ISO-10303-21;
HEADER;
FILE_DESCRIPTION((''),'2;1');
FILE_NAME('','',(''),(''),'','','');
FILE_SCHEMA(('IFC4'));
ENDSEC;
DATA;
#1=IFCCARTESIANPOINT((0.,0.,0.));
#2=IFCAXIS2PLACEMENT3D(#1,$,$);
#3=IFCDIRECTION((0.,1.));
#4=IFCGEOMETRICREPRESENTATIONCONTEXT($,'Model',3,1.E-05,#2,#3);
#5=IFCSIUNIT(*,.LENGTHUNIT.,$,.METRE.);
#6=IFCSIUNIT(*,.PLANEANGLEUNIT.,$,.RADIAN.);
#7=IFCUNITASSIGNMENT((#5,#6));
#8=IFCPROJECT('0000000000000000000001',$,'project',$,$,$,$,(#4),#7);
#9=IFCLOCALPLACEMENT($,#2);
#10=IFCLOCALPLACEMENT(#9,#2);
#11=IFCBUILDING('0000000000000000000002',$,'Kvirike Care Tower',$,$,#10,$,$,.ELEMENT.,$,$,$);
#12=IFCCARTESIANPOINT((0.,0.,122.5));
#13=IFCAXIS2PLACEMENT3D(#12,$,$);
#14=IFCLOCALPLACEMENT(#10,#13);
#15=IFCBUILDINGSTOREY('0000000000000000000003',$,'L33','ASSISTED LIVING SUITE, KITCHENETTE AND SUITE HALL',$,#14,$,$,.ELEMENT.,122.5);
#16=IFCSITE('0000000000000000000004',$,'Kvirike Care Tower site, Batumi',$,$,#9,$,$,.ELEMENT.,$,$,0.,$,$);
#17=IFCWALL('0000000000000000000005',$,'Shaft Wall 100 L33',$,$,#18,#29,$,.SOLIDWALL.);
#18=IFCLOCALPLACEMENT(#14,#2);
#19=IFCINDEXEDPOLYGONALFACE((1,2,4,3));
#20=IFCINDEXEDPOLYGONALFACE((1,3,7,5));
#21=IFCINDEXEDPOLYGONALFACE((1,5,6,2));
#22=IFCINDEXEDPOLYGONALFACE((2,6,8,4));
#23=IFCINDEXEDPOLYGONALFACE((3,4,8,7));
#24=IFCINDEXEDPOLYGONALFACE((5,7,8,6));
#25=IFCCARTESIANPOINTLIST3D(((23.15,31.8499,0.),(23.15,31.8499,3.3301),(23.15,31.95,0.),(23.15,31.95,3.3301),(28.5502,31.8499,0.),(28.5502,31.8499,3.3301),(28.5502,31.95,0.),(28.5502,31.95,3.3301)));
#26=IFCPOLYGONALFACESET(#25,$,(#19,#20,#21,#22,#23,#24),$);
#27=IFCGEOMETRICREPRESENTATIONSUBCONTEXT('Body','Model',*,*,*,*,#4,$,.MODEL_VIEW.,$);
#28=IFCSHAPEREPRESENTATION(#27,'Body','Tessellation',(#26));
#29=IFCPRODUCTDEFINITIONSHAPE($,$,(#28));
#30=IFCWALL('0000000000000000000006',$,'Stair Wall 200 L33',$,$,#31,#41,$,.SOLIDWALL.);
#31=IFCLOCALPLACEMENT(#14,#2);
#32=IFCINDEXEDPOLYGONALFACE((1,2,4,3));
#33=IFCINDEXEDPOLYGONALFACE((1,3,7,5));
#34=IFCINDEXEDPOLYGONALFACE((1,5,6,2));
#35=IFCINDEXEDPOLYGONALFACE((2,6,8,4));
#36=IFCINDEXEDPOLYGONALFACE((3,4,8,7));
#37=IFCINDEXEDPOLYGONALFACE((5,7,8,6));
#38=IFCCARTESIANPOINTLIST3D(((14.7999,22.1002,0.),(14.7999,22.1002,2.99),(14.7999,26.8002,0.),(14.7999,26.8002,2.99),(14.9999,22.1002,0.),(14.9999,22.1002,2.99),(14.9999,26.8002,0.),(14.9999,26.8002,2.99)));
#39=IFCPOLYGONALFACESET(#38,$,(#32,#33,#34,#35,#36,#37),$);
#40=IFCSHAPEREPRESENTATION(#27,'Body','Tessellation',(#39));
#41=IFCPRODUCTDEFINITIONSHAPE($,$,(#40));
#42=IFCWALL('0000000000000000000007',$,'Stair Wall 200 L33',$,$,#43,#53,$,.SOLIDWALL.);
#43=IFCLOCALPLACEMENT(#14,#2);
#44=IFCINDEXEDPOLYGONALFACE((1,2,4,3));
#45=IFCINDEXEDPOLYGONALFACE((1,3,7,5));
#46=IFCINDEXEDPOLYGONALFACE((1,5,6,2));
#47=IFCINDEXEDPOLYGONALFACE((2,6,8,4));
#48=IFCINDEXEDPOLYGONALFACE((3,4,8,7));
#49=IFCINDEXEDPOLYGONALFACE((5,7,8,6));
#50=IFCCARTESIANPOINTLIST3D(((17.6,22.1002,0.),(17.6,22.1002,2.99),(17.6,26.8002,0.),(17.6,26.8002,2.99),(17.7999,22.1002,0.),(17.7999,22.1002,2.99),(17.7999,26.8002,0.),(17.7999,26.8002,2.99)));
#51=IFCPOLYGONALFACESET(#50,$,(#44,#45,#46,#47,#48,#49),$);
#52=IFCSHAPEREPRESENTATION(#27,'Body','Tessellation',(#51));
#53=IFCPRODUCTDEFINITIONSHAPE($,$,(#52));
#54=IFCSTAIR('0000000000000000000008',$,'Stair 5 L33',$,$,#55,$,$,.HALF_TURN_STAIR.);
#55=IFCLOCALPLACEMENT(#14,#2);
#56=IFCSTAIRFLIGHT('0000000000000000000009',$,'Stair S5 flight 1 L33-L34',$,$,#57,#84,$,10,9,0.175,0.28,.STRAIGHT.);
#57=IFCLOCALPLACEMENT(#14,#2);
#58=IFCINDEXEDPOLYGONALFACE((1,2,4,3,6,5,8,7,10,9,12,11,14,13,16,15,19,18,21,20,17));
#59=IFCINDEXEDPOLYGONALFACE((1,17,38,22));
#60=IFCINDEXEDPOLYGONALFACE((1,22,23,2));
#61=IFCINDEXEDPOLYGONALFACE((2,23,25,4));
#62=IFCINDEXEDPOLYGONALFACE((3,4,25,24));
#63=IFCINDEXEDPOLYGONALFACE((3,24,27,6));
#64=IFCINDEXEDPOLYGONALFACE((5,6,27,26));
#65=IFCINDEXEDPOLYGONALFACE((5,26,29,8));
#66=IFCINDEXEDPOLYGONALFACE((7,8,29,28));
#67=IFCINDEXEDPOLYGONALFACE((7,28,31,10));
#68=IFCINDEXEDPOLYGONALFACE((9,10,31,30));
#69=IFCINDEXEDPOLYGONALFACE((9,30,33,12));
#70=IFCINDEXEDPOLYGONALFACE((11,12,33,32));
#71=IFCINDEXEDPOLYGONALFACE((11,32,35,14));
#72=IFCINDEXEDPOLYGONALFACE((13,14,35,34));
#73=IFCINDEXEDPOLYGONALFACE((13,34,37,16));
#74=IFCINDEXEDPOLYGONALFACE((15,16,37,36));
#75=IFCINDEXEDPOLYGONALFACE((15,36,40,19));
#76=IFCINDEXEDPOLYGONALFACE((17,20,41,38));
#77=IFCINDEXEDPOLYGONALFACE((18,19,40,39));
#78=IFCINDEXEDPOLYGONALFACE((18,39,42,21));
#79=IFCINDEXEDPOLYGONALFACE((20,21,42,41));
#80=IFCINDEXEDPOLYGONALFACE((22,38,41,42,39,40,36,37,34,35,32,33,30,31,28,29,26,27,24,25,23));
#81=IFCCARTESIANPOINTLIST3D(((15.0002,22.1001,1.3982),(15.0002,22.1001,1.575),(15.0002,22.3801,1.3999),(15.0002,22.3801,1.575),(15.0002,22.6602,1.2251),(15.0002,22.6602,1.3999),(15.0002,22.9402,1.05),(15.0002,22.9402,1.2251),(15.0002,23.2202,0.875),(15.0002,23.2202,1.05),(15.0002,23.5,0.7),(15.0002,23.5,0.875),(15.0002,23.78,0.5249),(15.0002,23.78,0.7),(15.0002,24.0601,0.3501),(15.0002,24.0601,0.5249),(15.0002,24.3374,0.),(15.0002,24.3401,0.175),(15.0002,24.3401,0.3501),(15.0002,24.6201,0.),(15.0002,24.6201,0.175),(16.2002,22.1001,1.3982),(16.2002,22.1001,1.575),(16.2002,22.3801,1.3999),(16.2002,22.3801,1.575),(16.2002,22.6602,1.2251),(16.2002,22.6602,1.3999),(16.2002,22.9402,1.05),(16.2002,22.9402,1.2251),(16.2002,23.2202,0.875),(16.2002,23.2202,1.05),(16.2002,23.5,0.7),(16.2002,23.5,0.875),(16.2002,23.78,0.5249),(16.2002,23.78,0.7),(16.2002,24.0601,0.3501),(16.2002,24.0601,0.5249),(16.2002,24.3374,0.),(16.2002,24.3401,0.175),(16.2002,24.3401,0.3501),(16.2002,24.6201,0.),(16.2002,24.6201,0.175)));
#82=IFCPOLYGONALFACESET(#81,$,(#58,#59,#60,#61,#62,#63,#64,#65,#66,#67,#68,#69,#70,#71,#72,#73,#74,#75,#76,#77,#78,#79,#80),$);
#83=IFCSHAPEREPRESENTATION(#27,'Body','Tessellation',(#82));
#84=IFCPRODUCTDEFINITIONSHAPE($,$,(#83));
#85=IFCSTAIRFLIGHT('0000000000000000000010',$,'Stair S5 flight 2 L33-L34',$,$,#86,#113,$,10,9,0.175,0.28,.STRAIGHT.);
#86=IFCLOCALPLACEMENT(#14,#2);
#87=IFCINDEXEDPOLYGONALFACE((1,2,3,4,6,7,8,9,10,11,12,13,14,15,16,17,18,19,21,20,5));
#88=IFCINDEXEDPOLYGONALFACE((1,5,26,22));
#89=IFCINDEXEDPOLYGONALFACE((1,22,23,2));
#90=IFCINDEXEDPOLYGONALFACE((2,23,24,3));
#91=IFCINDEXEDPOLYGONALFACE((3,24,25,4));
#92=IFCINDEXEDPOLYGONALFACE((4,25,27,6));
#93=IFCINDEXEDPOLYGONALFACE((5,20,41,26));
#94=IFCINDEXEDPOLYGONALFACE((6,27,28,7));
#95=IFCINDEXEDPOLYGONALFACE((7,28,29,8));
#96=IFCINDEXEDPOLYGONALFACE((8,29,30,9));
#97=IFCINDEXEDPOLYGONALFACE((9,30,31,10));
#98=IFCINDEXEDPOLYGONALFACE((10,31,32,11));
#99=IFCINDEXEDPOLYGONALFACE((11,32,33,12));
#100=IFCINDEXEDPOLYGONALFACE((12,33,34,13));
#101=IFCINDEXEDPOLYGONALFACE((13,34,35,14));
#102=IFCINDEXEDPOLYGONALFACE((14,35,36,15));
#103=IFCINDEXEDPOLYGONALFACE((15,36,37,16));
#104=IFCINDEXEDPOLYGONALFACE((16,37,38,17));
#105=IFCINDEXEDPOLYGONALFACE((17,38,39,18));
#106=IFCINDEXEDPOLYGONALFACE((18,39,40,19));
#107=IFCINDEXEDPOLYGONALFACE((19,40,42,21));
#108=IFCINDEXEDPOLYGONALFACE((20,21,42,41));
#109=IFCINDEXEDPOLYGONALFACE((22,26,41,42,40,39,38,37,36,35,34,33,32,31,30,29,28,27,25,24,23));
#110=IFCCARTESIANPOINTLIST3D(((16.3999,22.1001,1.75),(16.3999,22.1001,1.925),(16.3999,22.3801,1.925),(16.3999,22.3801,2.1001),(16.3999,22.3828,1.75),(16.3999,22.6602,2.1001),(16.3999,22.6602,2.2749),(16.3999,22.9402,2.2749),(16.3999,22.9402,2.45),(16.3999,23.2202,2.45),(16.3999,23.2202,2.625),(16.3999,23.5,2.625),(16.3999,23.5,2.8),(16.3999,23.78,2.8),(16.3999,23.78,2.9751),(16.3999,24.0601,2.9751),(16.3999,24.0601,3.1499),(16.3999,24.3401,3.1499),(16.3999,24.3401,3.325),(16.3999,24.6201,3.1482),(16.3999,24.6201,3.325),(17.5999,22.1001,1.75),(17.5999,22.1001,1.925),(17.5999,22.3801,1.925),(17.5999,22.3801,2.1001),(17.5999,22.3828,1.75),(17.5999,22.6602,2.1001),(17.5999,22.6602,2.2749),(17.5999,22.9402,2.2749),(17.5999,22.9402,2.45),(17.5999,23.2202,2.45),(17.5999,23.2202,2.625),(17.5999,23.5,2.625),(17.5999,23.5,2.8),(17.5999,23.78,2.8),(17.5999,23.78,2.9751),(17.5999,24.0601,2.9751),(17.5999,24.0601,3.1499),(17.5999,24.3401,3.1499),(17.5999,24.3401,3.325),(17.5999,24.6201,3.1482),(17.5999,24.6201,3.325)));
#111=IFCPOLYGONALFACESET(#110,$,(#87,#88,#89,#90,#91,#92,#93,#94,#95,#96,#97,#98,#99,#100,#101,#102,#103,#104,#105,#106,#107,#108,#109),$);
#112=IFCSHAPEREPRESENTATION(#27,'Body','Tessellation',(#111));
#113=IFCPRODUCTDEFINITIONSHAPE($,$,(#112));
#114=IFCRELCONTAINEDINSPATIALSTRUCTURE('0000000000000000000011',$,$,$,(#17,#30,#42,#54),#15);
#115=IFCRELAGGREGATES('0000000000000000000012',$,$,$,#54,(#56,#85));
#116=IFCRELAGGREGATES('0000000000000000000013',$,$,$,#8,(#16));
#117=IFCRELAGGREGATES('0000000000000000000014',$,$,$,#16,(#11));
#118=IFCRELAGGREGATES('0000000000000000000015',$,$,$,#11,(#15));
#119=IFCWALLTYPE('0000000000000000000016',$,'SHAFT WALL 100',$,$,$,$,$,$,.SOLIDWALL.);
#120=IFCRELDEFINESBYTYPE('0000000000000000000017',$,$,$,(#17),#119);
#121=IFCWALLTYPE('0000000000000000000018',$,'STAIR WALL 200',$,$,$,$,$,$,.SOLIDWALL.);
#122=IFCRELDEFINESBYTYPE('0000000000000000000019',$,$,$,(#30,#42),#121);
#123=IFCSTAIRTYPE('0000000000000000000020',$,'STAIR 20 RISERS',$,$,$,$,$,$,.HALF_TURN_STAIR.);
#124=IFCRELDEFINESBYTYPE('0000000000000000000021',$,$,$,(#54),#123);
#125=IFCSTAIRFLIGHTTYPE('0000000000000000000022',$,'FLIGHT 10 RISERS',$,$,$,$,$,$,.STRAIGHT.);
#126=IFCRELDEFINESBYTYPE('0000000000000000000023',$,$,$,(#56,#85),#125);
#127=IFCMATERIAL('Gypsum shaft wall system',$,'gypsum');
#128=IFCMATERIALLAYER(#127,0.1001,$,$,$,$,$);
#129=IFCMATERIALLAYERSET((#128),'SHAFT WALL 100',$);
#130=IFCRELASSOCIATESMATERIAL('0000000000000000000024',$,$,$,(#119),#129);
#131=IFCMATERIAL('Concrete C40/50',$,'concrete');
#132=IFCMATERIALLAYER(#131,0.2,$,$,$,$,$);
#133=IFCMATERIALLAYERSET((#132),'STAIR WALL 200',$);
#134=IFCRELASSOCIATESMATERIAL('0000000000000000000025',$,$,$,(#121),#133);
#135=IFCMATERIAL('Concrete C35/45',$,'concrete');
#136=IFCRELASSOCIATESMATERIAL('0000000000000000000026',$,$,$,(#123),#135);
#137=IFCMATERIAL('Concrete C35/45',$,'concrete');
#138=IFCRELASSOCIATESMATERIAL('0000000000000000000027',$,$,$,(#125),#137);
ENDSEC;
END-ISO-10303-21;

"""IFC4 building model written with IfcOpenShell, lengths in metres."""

from ifc_helpers import new_model, si_unit, direction, frame, frame_2d, origin, place, context, subcontext, project, spatial, polyline, rectangle, outline, extrude, material, layer, layer_set, type_object, element, aggregate, save


model = new_model("IFC4")

# Units and contexts
model_context = context("Model", 3, precision=1e-05, world=origin(), true_north=direction((0.0, 1.0)))
body_context = subcontext(model_context, "Body", "Model", "MODEL_VIEW")
ifc_project = project(units=[si_unit("LENGTHUNIT", "METRE"), si_unit("PLANEANGLEUNIT", "RADIAN")], contexts=[model_context])

# Site, building, storey
site_placement = place(None, origin())
site = spatial("IfcSite", under=ifc_project, at=site_placement, Name="Kvirike Care Tower site, Batumi", CompositionType="ELEMENT", RefElevation=0.0)
building_placement = place(site_placement, origin())
building = spatial("IfcBuilding", under=site, at=building_placement, Name="Kvirike Care Tower", CompositionType="ELEMENT")
storey_placement = place(building_placement, frame((0.0, 0.0, 122.5)))
storey = spatial("IfcBuildingStorey", under=building, at=storey_placement, Name="L33", Description="ASSISTED LIVING SUITE, KITCHENETTE AND SUITE HALL", CompositionType="ELEMENT", Elevation=122.5)

# Shared definitions
ifc_material_1 = material(Name="Gypsum shaft wall system", Category="gypsum")
ifc_layer_1 = layer(ifc_material_1, 0.1001)
ifc_layer_set_1 = layer_set([ifc_layer_1], Name="SHAFT WALL 100")
wall_type_1 = type_object("IfcWallType", Name="SHAFT WALL 100", PredefinedType="SOLIDWALL", material=ifc_layer_set_1)

# Walls
wall_1_placement = place(storey_placement, frame((23.1499, 31.8999, 0.0), z_axis=(0.0, 0.0, 1.0), x_axis=(1.0, 0.0, 0.0)))
element("IfcWall", 1, at=wall_1_placement, inside=storey, type_object=wall_type_1, Name="Shaft Wall 100 L33", PredefinedType="SOLIDWALL", context=body_context, shape_type="SweptSolid", body=[
    extrude(rectangle(XDim=5.4001, YDim=0.1001, at=frame_2d((2.7002, 0.0))), origin(), (0.0, 0.0, 1.0), 3.3301),
])
ifc_material_2 = material(Name="Concrete C40/50", Category="concrete")
ifc_layer_2 = layer(ifc_material_2, 0.2)
ifc_layer_set_2 = layer_set([ifc_layer_2], Name="STAIR WALL 200")
wall_type_2 = type_object("IfcWallType", Name="STAIR WALL 200", PredefinedType="SOLIDWALL", material=ifc_layer_set_2)
for number, where, z_axis, x_axis, name in (
    (2, (14.8999, 22.1001, 0.0), (0.0, 0.0, 1.0), (0.0, 1.0, 0.0), "Stair Wall 200 L33"),
    (3, (17.7, 22.1001, 0.0), (0.0, 0.0, 1.0), (0.0, 1.0, 0.0), "Stair Wall 200 L33"),
):
    element("IfcWall", number, at=place(storey_placement, frame(where, z_axis=z_axis, x_axis=x_axis)), inside=storey, type_object=wall_type_2, Name=name, PredefinedType="SOLIDWALL", context=body_context, shape_type="SweptSolid", body=[
        extrude(rectangle(XDim=4.7, YDim=0.2, at=frame_2d((2.3501, 0.0))), origin(), (0.0, 0.0, 1.0), 2.99),
    ])

# Stair, stair flights
ifc_material_3 = material(Name="Concrete C35/45", Category="concrete")
stair_type = type_object("IfcStairType", Name="STAIR 20 RISERS", PredefinedType="HALF_TURN_STAIR", material=ifc_material_3)
stair_placement = place(storey_placement, origin())
stair = element("IfcStair", 4, at=stair_placement, inside=storey, type_object=stair_type, Name="Stair 5 L33", PredefinedType="HALF_TURN_STAIR")
ifc_material_4 = material(Name="Concrete C35/45", Category="concrete")
stair_flight_type = type_object("IfcStairFlightType", Name="FLIGHT 10 RISERS", PredefinedType="STRAIGHT", material=ifc_material_4)
stair_flight_1_placement = place(storey_placement, frame((15.6001, 24.6201, 0.0), z_axis=(0.0, 0.0, 1.0), x_axis=(0.0, -1.0, 0.0)))
stair_flight_1 = element("IfcStairFlight", 5, at=stair_flight_1_placement, type_object=stair_flight_type, Name="Stair S5 flight 1 L33-L34", NumberOfRisers=10, NumberOfTreads=9, PredefinedType="STRAIGHT", RiserHeight=0.175, TreadLength=0.28, context=body_context, shape_type="SweptSolid", body=[
    extrude(outline(polyline([(0.0, 0.0), (0.0, 0.175), (0.28, 0.175), (0.28, 0.3501), (0.5601, 0.3501), (0.5601, 0.5249), (0.8401, 0.5249), (0.8401, 0.7), (1.1201, 0.7), (1.1201, 0.875), (1.3999, 0.875), (1.3999, 1.05), (1.6799, 1.05), (1.6799, 1.2251), (1.96, 1.2251), (1.96, 1.3999), (2.24, 1.3999), (2.24, 1.575), (2.52, 1.575), (2.52, 1.75), (2.52, 1.3982), (0.2827, 0.0), (0.0, 0.0)])), frame((0.0, 0.6001, 0.0), z_axis=(0.0, -1.0, 0.0), x_axis=(1.0, 0.0, 0.0)), (0.0, 0.0, 1.0), 1.2),
])
stair_flight_2_placement = place(storey_placement, frame((17.0, 22.1001, 1.75), z_axis=(0.0, 0.0, 1.0), x_axis=(0.0, 1.0, 0.0)))
stair_flight_2 = element("IfcStairFlight", 6, at=stair_flight_2_placement, type_object=stair_flight_type, Name="Stair S5 flight 2 L33-L34", NumberOfRisers=10, NumberOfTreads=9, PredefinedType="STRAIGHT", RiserHeight=0.175, TreadLength=0.28, context=body_context, shape_type="SweptSolid", body=[
    extrude(outline(polyline([(0.0, 0.0), (0.0, 0.175), (0.28, 0.175), (0.28, 0.3501), (0.5601, 0.3501), (0.5601, 0.5249), (0.8401, 0.5249), (0.8401, 0.7), (1.1201, 0.7), (1.1201, 0.875), (1.3999, 0.875), (1.3999, 1.05), (1.6799, 1.05), (1.6799, 1.2251), (1.96, 1.2251), (1.96, 1.3999), (2.24, 1.3999), (2.24, 1.575), (2.52, 1.575), (2.52, 1.75), (2.52, 1.3982), (0.2827, 0.0), (0.0, 0.0)])), frame((0.0, 0.6001, 0.0), z_axis=(0.0, -1.0, 0.0), x_axis=(1.0, 0.0, 0.0)), (0.0, 0.0, 1.0), 1.2),
])
aggregate(stair, [stair_flight_1, stair_flight_2])

save(model, "model.ifc")
